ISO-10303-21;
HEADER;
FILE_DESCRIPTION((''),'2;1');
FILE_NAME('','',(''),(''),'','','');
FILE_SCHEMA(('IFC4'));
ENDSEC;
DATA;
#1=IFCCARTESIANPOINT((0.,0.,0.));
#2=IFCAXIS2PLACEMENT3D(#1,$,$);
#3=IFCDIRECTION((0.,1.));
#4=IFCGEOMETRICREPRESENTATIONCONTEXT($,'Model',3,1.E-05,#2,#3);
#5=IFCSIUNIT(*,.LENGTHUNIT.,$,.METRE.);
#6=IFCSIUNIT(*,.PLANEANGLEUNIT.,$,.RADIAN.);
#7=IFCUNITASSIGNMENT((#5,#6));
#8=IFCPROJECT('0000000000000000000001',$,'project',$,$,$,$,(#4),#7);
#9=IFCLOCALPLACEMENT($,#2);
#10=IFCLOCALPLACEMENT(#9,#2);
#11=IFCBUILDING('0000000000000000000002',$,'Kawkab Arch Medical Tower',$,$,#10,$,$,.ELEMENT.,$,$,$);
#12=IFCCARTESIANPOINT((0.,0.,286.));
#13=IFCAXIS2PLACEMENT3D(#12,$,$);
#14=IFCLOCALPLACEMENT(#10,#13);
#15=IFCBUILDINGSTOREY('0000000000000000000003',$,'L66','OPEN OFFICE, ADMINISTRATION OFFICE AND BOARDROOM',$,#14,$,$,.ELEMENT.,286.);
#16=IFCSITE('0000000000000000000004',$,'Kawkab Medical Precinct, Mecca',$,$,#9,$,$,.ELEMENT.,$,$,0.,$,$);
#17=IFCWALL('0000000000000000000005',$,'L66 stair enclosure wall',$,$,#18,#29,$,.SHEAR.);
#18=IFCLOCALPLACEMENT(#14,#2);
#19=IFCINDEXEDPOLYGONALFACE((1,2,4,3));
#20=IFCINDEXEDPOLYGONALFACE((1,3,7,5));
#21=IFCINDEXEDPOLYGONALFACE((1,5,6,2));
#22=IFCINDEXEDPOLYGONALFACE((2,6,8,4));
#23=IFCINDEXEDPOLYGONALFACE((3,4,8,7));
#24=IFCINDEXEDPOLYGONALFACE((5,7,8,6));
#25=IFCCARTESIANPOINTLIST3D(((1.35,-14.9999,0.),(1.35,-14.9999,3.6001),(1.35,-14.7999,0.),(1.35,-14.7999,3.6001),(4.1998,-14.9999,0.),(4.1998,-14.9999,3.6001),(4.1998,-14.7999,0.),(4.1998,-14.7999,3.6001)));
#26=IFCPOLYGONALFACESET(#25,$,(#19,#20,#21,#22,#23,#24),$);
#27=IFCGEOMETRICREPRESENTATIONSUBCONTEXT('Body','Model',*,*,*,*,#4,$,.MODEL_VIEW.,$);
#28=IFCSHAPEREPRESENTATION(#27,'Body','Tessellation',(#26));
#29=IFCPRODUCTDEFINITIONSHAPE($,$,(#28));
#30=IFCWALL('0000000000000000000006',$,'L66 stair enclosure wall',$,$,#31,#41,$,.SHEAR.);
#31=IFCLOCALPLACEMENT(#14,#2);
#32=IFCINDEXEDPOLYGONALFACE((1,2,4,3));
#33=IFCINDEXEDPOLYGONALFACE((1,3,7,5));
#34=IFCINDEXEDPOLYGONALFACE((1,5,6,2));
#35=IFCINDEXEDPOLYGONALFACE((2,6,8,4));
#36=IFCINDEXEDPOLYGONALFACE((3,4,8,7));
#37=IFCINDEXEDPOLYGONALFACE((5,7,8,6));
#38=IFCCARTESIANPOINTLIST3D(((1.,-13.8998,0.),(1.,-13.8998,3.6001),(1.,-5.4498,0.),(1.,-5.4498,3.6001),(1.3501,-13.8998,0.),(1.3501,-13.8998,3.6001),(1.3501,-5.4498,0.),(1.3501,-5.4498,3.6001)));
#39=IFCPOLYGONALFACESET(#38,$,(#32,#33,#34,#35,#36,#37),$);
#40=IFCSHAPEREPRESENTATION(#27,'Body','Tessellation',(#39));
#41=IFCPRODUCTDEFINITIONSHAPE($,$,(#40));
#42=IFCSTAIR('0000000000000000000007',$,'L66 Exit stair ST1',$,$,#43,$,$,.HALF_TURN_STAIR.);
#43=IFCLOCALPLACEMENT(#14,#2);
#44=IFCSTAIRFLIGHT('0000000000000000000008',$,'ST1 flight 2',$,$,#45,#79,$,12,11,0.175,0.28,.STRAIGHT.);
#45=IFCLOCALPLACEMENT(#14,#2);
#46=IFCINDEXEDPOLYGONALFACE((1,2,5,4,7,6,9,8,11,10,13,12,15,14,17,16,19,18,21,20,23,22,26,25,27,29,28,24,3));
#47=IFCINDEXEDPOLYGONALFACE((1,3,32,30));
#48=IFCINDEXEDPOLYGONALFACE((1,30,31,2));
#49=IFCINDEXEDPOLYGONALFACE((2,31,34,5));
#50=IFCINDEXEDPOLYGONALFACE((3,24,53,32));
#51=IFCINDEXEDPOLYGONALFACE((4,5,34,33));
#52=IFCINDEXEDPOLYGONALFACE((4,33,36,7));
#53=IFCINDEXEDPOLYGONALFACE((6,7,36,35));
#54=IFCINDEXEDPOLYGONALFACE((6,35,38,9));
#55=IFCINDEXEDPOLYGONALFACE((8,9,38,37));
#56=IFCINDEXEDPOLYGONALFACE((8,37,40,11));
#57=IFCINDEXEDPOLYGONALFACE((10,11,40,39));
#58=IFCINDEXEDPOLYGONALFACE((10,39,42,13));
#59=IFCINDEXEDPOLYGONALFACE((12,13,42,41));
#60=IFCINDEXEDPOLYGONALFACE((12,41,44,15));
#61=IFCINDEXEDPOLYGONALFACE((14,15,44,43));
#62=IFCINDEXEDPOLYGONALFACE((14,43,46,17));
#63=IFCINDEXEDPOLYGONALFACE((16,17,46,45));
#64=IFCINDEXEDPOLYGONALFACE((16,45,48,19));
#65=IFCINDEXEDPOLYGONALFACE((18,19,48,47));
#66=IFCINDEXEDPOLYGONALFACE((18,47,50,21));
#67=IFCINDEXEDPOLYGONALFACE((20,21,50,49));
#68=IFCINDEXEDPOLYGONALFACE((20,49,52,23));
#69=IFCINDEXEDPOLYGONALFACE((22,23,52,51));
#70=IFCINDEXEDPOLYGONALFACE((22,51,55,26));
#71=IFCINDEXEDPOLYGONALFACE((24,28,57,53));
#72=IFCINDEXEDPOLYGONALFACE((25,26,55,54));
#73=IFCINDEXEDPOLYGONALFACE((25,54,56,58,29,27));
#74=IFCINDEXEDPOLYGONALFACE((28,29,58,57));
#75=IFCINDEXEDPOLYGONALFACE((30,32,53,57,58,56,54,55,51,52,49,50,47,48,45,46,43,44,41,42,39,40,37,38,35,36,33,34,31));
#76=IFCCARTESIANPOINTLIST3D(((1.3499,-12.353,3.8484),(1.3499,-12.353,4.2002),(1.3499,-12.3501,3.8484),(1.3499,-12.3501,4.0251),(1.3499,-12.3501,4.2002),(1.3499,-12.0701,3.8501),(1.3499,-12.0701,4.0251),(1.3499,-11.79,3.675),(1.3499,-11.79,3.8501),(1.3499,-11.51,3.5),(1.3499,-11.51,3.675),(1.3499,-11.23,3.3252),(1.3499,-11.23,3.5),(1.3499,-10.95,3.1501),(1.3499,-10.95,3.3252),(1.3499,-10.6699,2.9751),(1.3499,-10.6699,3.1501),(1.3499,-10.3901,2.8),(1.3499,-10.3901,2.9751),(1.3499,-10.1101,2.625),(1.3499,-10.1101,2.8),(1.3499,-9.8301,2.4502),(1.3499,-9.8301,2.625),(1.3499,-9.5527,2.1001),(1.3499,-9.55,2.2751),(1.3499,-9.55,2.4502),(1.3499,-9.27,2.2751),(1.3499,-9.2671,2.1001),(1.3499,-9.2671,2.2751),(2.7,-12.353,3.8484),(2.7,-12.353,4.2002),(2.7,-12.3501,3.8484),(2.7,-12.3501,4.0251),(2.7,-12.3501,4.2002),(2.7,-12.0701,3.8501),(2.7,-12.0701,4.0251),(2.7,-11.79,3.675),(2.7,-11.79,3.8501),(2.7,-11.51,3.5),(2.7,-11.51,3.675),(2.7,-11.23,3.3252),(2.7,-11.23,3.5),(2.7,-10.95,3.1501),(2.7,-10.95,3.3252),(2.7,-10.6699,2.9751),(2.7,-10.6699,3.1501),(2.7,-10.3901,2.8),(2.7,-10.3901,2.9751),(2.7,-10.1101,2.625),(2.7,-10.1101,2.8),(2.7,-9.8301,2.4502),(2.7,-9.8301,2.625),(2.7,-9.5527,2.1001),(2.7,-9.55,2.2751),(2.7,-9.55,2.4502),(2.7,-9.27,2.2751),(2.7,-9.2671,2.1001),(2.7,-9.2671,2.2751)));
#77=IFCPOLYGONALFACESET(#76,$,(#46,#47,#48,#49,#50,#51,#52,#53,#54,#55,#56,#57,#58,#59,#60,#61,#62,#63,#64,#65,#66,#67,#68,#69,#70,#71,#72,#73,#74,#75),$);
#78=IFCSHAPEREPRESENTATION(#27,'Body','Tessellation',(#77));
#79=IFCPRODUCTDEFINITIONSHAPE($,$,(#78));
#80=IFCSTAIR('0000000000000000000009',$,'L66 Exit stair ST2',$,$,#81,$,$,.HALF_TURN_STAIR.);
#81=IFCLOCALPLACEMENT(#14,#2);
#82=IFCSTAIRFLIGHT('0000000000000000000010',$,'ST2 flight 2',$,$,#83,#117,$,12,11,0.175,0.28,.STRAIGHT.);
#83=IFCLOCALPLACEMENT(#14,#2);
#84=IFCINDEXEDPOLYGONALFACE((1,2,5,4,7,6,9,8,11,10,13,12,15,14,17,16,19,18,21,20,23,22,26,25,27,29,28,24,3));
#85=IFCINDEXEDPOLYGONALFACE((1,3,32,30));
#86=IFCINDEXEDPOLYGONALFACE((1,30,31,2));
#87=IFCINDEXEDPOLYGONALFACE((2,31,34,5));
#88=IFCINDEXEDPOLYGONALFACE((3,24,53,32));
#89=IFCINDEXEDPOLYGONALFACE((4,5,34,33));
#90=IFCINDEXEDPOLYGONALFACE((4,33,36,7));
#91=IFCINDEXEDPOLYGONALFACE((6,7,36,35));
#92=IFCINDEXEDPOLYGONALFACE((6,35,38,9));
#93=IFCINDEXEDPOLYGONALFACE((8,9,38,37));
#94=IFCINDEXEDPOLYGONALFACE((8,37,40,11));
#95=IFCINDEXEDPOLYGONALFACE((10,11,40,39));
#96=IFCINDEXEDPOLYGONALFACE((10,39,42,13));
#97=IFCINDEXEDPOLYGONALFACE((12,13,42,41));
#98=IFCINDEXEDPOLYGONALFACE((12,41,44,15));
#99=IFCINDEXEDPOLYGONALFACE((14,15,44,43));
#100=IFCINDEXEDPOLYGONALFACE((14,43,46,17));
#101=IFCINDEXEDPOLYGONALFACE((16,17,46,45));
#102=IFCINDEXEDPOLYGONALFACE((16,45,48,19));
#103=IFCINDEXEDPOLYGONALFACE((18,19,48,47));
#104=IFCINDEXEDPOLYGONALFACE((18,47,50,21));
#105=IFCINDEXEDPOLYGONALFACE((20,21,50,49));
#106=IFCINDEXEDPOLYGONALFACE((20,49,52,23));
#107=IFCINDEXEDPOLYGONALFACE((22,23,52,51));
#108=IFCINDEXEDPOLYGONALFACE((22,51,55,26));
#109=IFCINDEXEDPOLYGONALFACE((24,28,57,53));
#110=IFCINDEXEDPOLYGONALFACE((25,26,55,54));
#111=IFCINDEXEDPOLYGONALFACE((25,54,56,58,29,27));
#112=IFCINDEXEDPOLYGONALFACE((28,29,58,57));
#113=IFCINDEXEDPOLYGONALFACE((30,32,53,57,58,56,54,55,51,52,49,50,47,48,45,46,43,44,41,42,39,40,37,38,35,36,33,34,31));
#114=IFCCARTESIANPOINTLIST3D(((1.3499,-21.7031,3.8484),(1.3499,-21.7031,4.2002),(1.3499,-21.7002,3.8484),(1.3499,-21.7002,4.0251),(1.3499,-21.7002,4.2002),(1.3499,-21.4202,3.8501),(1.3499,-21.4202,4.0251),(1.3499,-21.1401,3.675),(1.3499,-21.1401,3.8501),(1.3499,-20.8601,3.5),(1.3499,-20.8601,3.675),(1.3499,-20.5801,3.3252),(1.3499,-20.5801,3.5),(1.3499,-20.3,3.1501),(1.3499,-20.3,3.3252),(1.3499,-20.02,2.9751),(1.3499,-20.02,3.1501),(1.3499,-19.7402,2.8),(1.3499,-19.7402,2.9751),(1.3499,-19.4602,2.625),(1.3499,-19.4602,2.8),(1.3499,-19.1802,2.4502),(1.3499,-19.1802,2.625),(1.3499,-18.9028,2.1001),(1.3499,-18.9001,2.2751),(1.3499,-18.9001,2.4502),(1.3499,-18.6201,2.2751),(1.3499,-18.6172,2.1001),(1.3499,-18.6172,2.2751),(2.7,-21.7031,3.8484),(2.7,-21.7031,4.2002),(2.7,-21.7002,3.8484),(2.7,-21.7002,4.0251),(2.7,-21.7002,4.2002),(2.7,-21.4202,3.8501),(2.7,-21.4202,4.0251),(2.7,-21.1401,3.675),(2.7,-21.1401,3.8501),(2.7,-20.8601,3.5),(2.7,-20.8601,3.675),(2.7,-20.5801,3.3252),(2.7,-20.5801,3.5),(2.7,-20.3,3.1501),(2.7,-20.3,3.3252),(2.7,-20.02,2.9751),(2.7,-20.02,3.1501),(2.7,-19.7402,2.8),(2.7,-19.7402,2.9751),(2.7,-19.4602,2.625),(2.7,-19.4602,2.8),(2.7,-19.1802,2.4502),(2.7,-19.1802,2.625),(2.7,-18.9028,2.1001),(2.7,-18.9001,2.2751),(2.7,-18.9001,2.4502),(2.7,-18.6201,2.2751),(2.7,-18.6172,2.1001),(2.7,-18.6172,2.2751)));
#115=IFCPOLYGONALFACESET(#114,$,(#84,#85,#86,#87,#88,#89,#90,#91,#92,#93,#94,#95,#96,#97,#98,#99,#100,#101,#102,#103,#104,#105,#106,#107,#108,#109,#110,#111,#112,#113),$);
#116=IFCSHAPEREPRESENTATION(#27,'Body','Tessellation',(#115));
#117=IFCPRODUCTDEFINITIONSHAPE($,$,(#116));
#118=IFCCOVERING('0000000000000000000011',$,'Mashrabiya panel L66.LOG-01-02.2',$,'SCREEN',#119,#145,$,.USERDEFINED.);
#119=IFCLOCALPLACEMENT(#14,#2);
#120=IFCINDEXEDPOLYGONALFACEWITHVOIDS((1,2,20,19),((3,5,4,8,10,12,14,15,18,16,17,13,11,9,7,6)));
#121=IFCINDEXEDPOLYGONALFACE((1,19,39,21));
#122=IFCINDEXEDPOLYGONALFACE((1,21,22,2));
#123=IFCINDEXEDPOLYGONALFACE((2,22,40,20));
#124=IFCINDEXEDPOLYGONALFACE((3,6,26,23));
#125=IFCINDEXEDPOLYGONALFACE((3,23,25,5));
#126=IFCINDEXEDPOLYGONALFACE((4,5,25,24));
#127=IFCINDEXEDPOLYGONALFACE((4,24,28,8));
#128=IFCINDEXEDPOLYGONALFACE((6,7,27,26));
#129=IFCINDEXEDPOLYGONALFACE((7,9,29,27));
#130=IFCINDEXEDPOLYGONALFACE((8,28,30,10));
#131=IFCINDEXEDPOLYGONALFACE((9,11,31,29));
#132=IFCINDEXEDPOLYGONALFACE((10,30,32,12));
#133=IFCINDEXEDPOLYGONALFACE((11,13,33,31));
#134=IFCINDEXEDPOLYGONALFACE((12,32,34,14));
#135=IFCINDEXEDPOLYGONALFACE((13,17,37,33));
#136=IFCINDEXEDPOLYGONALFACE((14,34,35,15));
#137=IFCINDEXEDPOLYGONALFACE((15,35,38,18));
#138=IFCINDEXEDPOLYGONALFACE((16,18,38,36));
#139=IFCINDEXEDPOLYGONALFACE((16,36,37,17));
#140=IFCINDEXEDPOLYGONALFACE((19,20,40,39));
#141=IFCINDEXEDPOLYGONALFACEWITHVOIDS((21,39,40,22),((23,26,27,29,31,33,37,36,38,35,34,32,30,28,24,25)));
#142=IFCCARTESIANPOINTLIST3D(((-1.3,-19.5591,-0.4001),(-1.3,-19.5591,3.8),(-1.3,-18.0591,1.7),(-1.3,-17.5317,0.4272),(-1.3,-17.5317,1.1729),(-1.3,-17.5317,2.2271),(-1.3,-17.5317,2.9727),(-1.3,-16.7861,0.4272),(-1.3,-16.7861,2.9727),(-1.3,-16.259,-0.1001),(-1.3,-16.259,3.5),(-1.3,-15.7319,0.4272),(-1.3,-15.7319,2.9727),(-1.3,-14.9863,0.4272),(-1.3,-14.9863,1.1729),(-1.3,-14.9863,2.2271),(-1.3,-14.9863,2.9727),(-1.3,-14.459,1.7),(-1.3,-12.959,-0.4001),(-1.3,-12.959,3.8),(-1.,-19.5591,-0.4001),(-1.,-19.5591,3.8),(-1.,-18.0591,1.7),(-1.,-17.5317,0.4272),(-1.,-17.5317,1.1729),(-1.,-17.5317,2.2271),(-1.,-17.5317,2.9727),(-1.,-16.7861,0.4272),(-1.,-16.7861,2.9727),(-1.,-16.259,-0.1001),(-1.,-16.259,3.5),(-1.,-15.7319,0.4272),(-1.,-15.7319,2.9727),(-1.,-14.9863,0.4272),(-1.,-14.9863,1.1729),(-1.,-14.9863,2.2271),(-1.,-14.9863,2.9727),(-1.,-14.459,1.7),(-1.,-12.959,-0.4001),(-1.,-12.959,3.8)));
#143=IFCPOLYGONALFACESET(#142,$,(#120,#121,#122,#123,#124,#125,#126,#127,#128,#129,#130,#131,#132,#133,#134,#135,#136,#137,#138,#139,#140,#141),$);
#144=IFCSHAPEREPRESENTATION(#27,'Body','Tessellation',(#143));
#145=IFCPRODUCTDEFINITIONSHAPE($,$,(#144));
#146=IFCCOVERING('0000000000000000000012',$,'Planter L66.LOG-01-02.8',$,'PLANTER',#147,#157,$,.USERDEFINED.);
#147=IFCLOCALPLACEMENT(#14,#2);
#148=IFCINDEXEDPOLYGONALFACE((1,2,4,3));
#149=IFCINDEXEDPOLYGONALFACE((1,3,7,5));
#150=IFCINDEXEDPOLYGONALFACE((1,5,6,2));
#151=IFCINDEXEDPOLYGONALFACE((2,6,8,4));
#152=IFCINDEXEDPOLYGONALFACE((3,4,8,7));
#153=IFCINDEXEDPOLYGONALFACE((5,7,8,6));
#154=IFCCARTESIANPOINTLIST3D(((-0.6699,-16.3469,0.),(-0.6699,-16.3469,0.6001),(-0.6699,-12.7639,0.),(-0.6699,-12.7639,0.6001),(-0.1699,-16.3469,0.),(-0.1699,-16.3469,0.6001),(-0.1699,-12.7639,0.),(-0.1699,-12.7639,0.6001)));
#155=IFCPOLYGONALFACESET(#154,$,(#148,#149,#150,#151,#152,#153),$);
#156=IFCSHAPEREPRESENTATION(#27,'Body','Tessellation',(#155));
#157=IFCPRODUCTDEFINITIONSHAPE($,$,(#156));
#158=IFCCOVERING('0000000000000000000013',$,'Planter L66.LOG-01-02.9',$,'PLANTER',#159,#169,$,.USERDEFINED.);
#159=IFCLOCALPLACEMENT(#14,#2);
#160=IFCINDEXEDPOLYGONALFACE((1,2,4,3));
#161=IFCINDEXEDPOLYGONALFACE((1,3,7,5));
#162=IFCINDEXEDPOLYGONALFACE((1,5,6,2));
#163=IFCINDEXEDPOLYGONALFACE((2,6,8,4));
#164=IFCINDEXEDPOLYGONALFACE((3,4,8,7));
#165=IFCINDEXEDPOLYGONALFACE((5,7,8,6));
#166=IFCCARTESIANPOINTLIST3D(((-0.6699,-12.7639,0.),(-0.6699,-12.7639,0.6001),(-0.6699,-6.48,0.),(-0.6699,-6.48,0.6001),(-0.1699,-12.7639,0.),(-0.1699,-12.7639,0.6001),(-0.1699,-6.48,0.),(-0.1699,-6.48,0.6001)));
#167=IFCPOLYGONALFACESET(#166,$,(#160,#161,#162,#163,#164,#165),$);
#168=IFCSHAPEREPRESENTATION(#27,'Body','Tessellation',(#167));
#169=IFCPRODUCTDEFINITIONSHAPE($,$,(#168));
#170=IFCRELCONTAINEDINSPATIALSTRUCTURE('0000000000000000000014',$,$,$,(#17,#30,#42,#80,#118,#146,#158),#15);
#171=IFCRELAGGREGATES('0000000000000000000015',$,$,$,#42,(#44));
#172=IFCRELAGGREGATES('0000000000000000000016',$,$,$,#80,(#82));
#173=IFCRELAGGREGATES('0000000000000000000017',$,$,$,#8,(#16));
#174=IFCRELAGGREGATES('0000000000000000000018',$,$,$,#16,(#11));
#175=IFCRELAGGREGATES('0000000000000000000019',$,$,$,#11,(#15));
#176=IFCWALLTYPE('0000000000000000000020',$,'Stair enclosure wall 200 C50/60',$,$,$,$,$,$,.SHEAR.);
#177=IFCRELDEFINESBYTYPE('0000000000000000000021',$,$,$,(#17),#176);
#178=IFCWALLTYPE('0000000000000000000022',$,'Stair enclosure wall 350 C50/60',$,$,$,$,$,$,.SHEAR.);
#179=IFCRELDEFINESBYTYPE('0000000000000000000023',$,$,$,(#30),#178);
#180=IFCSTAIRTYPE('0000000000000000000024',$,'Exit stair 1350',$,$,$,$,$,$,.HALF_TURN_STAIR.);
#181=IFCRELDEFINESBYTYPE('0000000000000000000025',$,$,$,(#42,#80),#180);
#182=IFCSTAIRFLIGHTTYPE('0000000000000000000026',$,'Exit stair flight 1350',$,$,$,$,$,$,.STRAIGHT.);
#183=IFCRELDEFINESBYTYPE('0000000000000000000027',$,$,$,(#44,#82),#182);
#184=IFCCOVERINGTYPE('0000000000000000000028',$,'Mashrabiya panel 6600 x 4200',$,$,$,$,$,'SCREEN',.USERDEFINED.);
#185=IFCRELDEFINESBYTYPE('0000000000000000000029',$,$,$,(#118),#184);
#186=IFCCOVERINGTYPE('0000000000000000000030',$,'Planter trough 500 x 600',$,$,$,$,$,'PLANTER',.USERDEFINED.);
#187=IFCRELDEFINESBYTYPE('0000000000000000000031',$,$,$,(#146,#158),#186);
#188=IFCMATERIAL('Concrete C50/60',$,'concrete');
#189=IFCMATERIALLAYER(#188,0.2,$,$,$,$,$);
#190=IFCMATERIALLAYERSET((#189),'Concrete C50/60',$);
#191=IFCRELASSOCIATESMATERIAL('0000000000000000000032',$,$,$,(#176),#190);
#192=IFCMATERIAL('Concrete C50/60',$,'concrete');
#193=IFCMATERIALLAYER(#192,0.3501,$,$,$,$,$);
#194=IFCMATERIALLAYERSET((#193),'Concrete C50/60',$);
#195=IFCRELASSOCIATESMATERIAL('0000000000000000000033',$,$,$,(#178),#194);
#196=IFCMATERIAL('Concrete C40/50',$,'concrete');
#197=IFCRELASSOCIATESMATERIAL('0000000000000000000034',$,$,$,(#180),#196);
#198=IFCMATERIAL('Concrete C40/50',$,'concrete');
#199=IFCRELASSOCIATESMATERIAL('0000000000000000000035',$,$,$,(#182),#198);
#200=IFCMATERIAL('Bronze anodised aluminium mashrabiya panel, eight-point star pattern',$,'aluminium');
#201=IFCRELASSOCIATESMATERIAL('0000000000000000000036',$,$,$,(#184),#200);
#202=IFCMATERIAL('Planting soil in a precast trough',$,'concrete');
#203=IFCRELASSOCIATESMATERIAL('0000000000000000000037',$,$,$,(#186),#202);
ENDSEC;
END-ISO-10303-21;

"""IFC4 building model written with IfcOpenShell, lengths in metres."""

from ifc_helpers import new_model, si_unit, direction, frame, frame_2d, origin, origin_2d, place, context, subcontext, project, spatial, polyline, rectangle, outline, extrude, material, layer, layer_set, material_profile, profile_set, type_object, element, aggregate, save


model = new_model("IFC4")

# Units and contexts
model_context = context("Model", 3, precision=1e-05, world=origin(), true_north=direction((0.0, 1.0)))
body_context = subcontext(model_context, "Body", "Model", "MODEL_VIEW")
ifc_project = project(units=[si_unit("LENGTHUNIT", "METRE"), si_unit("PLANEANGLEUNIT", "RADIAN")], contexts=[model_context])

# Site, building, storey
site_placement = place(None, origin())
site = spatial("IfcSite", under=ifc_project, at=site_placement, Name="Kawkab Medical Precinct, Mecca", CompositionType="ELEMENT", RefElevation=0.0)
building_placement = place(site_placement, origin())
building = spatial("IfcBuilding", under=site, at=building_placement, Name="Kawkab Arch Medical Tower", CompositionType="ELEMENT")
storey_placement = place(building_placement, frame((0.0, 0.0, 286.0)))
storey = spatial("IfcBuildingStorey", under=building, at=storey_placement, Name="L66", Description="OPEN OFFICE, ADMINISTRATION OFFICE AND BOARDROOM", CompositionType="ELEMENT", Elevation=286.0)

# Shared definitions
placement = place(storey_placement, origin())

# Walls
ifc_material_1 = material(Name="Concrete C50/60", Category="concrete")
ifc_layer_1 = layer(ifc_material_1, 0.2)
ifc_layer_set_1 = layer_set([ifc_layer_1], Name="Concrete C50/60")
wall_type_1 = type_object("IfcWallType", Name="Stair enclosure wall 200 C50/60", PredefinedType="SHEAR", material=ifc_layer_set_1)
for number, where, z_axis, x_axis, name in (
    (1, (1.3501, -14.8999, 0.0), (0.0, 0.0, 1.0), (1.0, 0.0, 0.0), "L66 stair enclosure wall"),
):
    element("IfcWall", number, at=place(storey_placement, frame(where, z_axis=z_axis, x_axis=x_axis)), inside=storey, type_object=wall_type_1, Name=name, PredefinedType="SHEAR", context=body_context, shape_type="SweptSolid", body=[
        extrude(rectangle(XDim=2.8499, YDim=0.2, at=frame_2d((1.4248, 0.0))), origin(), (0.0, 0.0, 1.0), 3.6001),
    ])
ifc_material_2 = material(Name="Concrete C50/60", Category="concrete")
ifc_layer_2 = layer(ifc_material_2, 0.3501)
ifc_layer_set_2 = layer_set([ifc_layer_2], Name="Concrete C50/60")
wall_type_2 = type_object("IfcWallType", Name="Stair enclosure wall 350 C50/60", PredefinedType="SHEAR", material=ifc_layer_set_2)
wall_placement = place(storey_placement, frame((1.175, -13.8999, 0.0), z_axis=(0.0, 0.0, 1.0), x_axis=(0.0, 1.0, 0.0)))
element("IfcWall", 2, at=wall_placement, inside=storey, type_object=wall_type_2, Name="L66 stair enclosure wall", PredefinedType="SHEAR", context=body_context, shape_type="SweptSolid", body=[
    extrude(rectangle(XDim=8.45, YDim=0.3501, at=frame_2d((4.2251, 0.0))), origin(), (0.0, 0.0, 1.0), 3.6001),
])

# Stairs, stair flights
ifc_material_3 = material(Name="Concrete C40/50", Category="concrete")
stair_type = type_object("IfcStairType", Name="Exit stair 1350", PredefinedType="HALF_TURN_STAIR", material=ifc_material_3)
stair_1 = element("IfcStair", 3, at=placement, inside=storey, type_object=stair_type, Name="L66 Exit stair ST1", PredefinedType="HALF_TURN_STAIR")
ifc_material_4 = material(Name="Concrete C40/50", Category="concrete")
stair_flight_type = type_object("IfcStairFlightType", Name="Exit stair flight 1350", PredefinedType="STRAIGHT", material=ifc_material_4)
stair_flight_1_placement = place(storey_placement, frame((2.0249, -9.27, 2.1001), z_axis=(0.0, 0.0, 1.0), x_axis=(0.0, -1.0, 0.0)))
stair_flight_1 = element("IfcStairFlight", 4, at=stair_flight_1_placement, type_object=stair_flight_type, Name="ST1 flight 2", NumberOfRisers=12, NumberOfTreads=11, PredefinedType="STRAIGHT", RiserHeight=0.175, TreadLength=0.28, context=body_context, shape_type="SweptSolid", body=[
    extrude(outline(polyline([(-0.0029, 0.0), (-0.0029, 0.175), (0.0, 0.175), (0.28, 0.175), (0.28, 0.3501), (0.5601, 0.3501), (0.5601, 0.5249), (0.8401, 0.5249), (0.8401, 0.7), (1.1201, 0.7), (1.1201, 0.875), (1.3999, 0.875), (1.3999, 1.05), (1.6799, 1.05), (1.6799, 1.2251), (1.96, 1.2251), (1.96, 1.3999), (2.24, 1.3999), (2.24, 1.575), (2.52, 1.575), (2.52, 1.75), (2.8, 1.75), (2.8, 1.925), (3.0801, 1.925), (3.0801, 2.1001), (3.083, 2.1001), (3.083, 1.7483), (3.0801, 1.7483), (0.2827, 0.0), (-0.0029, 0.0)])), frame((0.0, 0.675, 0.0), z_axis=(0.0, -1.0, 0.0), x_axis=(1.0, 0.0, 0.0)), (0.0, 0.0, 1.0), 1.3501),
])
aggregate(stair_1, [stair_flight_1])
stair_2 = element("IfcStair", 5, at=placement, inside=storey, type_object=stair_type, Name="L66 Exit stair ST2", PredefinedType="HALF_TURN_STAIR")
stair_flight_2_placement = place(storey_placement, frame((2.0249, -18.6201, 2.1001), z_axis=(0.0, 0.0, 1.0), x_axis=(0.0, -1.0, 0.0)))
stair_flight_2 = element("IfcStairFlight", 6, at=stair_flight_2_placement, type_object=stair_flight_type, Name="ST2 flight 2", NumberOfRisers=12, NumberOfTreads=11, PredefinedType="STRAIGHT", RiserHeight=0.175, TreadLength=0.28, context=body_context, shape_type="SweptSolid", body=[
    extrude(outline(polyline([(-0.0029, 0.0), (-0.0029, 0.175), (0.0, 0.175), (0.28, 0.175), (0.28, 0.3501), (0.5601, 0.3501), (0.5601, 0.5249), (0.8401, 0.5249), (0.8401, 0.7), (1.1201, 0.7), (1.1201, 0.875), (1.3999, 0.875), (1.3999, 1.05), (1.6799, 1.05), (1.6799, 1.2251), (1.96, 1.2251), (1.96, 1.3999), (2.24, 1.3999), (2.24, 1.575), (2.52, 1.575), (2.52, 1.75), (2.8, 1.75), (2.8, 1.925), (3.0801, 1.925), (3.0801, 2.1001), (3.083, 2.1001), (3.083, 1.7483), (3.0801, 1.7483), (0.2827, 0.0), (-0.0029, 0.0)])), frame((0.0, 0.675, 0.0), z_axis=(0.0, -1.0, 0.0), x_axis=(1.0, 0.0, 0.0)), (0.0, 0.0, 1.0), 1.3501),
])
aggregate(stair_2, [stair_flight_2])

# Coverings
ifc_material_5 = material(Name="Bronze anodised aluminium mashrabiya panel, eight-point star pattern", Category="aluminium")
ifc_material_profile_1 = material_profile(ifc_material_5, outline(polyline([(-3.3, -2.1001), (3.3, -2.1001), (3.3, 2.1001), (-3.3, 2.1001), (-3.3, -2.1001)]), holes=[polyline([(1.8, 0.0), (1.2727, 0.5271), (1.2727, 1.2727), (0.5271, 1.2727), (0.0, 1.8), (-0.5271, 1.2727), (-1.2727, 1.2727), (-1.2727, 0.5271), (-1.8, 0.0), (-1.2727, -0.5271), (-1.2727, -1.2727), (-0.5271, -1.2727), (0.0, -1.8), (0.5271, -1.2727), (1.2727, -1.2727), (1.2727, -0.5271), (1.8, 0.0)])]), Name="Mashrabiya panel 6600x4200")
ifc_profile_set_1 = profile_set([ifc_material_profile_1], Name="Bronze anodised aluminium mashrabiya panel, eight-point star pattern")
covering_type_1 = type_object("IfcCoveringType", Name="Mashrabiya panel 6600 x 4200", ElementType="SCREEN", PredefinedType="USERDEFINED", material=ifc_profile_set_1)
covering_1_placement = place(storey_placement, frame((-1.0, -16.259, 1.7), z_axis=(-1.0, 0.0, 0.0), x_axis=(0.0, -1.0, 0.0)))
element("IfcCovering", 7, at=covering_1_placement, inside=storey, type_object=covering_type_1, Name="Mashrabiya panel L66.LOG-01-02.2", ObjectType="SCREEN", PredefinedType="USERDEFINED", context=body_context, shape_type="SweptSolid", body=[
    extrude(outline(polyline([(-3.3, -2.1001), (3.3, -2.1001), (3.3, 2.1001), (-3.3, 2.1001), (-3.3, -2.1001)]), holes=[polyline([(1.8, 0.0), (1.2727, 0.5271), (1.2727, 1.2727), (0.5271, 1.2727), (0.0, 1.8), (-0.5271, 1.2727), (-1.2727, 1.2727), (-1.2727, 0.5271), (-1.8, 0.0), (-1.2727, -0.5271), (-1.2727, -1.2727), (-0.5271, -1.2727), (0.0, -1.8), (0.5271, -1.2727), (1.2727, -1.2727), (1.2727, -0.5271), (1.8, 0.0)])]), origin(), (0.0, 0.0, 1.0), 0.3),
])
ifc_material_6 = material(Name="Planting soil in a precast trough", Category="concrete")
ifc_material_profile_2 = material_profile(ifc_material_6, rectangle(XDim=0.5, YDim=0.6001, at=origin_2d()), Name="Trough 500x600")
ifc_profile_set_2 = profile_set([ifc_material_profile_2], Name="Planting soil in a precast trough")
covering_type_2 = type_object("IfcCoveringType", Name="Planter trough 500 x 600", ElementType="PLANTER", PredefinedType="USERDEFINED", material=ifc_profile_set_2)
covering_2_placement = place(storey_placement, frame((-0.4199, -16.3469, 0.3), z_axis=(0.0, 1.0, 0.0), x_axis=(-1.0, 0.0, 0.0)))
element("IfcCovering", 8, at=covering_2_placement, inside=storey, type_object=covering_type_2, Name="Planter L66.LOG-01-02.8", ObjectType="PLANTER", PredefinedType="USERDEFINED", context=body_context, shape_type="SweptSolid", body=[
    extrude(rectangle(XDim=0.5, YDim=0.6001, at=origin_2d()), origin(), (0.0, 0.0, 1.0), 3.583),
])
covering_3_placement = place(storey_placement, frame((-0.4199, -12.7639, 0.3), z_axis=(0.0, 1.0, 0.0), x_axis=(-1.0, 0.0, 0.0)))
element("IfcCovering", 9, at=covering_3_placement, inside=storey, type_object=covering_type_2, Name="Planter L66.LOG-01-02.9", ObjectType="PLANTER", PredefinedType="USERDEFINED", context=body_context, shape_type="SweptSolid", body=[
    extrude(rectangle(XDim=0.5, YDim=0.6001, at=origin_2d()), origin(), (0.0, 0.0, 1.0), 6.2839),
])

save(model, "model.ifc")
